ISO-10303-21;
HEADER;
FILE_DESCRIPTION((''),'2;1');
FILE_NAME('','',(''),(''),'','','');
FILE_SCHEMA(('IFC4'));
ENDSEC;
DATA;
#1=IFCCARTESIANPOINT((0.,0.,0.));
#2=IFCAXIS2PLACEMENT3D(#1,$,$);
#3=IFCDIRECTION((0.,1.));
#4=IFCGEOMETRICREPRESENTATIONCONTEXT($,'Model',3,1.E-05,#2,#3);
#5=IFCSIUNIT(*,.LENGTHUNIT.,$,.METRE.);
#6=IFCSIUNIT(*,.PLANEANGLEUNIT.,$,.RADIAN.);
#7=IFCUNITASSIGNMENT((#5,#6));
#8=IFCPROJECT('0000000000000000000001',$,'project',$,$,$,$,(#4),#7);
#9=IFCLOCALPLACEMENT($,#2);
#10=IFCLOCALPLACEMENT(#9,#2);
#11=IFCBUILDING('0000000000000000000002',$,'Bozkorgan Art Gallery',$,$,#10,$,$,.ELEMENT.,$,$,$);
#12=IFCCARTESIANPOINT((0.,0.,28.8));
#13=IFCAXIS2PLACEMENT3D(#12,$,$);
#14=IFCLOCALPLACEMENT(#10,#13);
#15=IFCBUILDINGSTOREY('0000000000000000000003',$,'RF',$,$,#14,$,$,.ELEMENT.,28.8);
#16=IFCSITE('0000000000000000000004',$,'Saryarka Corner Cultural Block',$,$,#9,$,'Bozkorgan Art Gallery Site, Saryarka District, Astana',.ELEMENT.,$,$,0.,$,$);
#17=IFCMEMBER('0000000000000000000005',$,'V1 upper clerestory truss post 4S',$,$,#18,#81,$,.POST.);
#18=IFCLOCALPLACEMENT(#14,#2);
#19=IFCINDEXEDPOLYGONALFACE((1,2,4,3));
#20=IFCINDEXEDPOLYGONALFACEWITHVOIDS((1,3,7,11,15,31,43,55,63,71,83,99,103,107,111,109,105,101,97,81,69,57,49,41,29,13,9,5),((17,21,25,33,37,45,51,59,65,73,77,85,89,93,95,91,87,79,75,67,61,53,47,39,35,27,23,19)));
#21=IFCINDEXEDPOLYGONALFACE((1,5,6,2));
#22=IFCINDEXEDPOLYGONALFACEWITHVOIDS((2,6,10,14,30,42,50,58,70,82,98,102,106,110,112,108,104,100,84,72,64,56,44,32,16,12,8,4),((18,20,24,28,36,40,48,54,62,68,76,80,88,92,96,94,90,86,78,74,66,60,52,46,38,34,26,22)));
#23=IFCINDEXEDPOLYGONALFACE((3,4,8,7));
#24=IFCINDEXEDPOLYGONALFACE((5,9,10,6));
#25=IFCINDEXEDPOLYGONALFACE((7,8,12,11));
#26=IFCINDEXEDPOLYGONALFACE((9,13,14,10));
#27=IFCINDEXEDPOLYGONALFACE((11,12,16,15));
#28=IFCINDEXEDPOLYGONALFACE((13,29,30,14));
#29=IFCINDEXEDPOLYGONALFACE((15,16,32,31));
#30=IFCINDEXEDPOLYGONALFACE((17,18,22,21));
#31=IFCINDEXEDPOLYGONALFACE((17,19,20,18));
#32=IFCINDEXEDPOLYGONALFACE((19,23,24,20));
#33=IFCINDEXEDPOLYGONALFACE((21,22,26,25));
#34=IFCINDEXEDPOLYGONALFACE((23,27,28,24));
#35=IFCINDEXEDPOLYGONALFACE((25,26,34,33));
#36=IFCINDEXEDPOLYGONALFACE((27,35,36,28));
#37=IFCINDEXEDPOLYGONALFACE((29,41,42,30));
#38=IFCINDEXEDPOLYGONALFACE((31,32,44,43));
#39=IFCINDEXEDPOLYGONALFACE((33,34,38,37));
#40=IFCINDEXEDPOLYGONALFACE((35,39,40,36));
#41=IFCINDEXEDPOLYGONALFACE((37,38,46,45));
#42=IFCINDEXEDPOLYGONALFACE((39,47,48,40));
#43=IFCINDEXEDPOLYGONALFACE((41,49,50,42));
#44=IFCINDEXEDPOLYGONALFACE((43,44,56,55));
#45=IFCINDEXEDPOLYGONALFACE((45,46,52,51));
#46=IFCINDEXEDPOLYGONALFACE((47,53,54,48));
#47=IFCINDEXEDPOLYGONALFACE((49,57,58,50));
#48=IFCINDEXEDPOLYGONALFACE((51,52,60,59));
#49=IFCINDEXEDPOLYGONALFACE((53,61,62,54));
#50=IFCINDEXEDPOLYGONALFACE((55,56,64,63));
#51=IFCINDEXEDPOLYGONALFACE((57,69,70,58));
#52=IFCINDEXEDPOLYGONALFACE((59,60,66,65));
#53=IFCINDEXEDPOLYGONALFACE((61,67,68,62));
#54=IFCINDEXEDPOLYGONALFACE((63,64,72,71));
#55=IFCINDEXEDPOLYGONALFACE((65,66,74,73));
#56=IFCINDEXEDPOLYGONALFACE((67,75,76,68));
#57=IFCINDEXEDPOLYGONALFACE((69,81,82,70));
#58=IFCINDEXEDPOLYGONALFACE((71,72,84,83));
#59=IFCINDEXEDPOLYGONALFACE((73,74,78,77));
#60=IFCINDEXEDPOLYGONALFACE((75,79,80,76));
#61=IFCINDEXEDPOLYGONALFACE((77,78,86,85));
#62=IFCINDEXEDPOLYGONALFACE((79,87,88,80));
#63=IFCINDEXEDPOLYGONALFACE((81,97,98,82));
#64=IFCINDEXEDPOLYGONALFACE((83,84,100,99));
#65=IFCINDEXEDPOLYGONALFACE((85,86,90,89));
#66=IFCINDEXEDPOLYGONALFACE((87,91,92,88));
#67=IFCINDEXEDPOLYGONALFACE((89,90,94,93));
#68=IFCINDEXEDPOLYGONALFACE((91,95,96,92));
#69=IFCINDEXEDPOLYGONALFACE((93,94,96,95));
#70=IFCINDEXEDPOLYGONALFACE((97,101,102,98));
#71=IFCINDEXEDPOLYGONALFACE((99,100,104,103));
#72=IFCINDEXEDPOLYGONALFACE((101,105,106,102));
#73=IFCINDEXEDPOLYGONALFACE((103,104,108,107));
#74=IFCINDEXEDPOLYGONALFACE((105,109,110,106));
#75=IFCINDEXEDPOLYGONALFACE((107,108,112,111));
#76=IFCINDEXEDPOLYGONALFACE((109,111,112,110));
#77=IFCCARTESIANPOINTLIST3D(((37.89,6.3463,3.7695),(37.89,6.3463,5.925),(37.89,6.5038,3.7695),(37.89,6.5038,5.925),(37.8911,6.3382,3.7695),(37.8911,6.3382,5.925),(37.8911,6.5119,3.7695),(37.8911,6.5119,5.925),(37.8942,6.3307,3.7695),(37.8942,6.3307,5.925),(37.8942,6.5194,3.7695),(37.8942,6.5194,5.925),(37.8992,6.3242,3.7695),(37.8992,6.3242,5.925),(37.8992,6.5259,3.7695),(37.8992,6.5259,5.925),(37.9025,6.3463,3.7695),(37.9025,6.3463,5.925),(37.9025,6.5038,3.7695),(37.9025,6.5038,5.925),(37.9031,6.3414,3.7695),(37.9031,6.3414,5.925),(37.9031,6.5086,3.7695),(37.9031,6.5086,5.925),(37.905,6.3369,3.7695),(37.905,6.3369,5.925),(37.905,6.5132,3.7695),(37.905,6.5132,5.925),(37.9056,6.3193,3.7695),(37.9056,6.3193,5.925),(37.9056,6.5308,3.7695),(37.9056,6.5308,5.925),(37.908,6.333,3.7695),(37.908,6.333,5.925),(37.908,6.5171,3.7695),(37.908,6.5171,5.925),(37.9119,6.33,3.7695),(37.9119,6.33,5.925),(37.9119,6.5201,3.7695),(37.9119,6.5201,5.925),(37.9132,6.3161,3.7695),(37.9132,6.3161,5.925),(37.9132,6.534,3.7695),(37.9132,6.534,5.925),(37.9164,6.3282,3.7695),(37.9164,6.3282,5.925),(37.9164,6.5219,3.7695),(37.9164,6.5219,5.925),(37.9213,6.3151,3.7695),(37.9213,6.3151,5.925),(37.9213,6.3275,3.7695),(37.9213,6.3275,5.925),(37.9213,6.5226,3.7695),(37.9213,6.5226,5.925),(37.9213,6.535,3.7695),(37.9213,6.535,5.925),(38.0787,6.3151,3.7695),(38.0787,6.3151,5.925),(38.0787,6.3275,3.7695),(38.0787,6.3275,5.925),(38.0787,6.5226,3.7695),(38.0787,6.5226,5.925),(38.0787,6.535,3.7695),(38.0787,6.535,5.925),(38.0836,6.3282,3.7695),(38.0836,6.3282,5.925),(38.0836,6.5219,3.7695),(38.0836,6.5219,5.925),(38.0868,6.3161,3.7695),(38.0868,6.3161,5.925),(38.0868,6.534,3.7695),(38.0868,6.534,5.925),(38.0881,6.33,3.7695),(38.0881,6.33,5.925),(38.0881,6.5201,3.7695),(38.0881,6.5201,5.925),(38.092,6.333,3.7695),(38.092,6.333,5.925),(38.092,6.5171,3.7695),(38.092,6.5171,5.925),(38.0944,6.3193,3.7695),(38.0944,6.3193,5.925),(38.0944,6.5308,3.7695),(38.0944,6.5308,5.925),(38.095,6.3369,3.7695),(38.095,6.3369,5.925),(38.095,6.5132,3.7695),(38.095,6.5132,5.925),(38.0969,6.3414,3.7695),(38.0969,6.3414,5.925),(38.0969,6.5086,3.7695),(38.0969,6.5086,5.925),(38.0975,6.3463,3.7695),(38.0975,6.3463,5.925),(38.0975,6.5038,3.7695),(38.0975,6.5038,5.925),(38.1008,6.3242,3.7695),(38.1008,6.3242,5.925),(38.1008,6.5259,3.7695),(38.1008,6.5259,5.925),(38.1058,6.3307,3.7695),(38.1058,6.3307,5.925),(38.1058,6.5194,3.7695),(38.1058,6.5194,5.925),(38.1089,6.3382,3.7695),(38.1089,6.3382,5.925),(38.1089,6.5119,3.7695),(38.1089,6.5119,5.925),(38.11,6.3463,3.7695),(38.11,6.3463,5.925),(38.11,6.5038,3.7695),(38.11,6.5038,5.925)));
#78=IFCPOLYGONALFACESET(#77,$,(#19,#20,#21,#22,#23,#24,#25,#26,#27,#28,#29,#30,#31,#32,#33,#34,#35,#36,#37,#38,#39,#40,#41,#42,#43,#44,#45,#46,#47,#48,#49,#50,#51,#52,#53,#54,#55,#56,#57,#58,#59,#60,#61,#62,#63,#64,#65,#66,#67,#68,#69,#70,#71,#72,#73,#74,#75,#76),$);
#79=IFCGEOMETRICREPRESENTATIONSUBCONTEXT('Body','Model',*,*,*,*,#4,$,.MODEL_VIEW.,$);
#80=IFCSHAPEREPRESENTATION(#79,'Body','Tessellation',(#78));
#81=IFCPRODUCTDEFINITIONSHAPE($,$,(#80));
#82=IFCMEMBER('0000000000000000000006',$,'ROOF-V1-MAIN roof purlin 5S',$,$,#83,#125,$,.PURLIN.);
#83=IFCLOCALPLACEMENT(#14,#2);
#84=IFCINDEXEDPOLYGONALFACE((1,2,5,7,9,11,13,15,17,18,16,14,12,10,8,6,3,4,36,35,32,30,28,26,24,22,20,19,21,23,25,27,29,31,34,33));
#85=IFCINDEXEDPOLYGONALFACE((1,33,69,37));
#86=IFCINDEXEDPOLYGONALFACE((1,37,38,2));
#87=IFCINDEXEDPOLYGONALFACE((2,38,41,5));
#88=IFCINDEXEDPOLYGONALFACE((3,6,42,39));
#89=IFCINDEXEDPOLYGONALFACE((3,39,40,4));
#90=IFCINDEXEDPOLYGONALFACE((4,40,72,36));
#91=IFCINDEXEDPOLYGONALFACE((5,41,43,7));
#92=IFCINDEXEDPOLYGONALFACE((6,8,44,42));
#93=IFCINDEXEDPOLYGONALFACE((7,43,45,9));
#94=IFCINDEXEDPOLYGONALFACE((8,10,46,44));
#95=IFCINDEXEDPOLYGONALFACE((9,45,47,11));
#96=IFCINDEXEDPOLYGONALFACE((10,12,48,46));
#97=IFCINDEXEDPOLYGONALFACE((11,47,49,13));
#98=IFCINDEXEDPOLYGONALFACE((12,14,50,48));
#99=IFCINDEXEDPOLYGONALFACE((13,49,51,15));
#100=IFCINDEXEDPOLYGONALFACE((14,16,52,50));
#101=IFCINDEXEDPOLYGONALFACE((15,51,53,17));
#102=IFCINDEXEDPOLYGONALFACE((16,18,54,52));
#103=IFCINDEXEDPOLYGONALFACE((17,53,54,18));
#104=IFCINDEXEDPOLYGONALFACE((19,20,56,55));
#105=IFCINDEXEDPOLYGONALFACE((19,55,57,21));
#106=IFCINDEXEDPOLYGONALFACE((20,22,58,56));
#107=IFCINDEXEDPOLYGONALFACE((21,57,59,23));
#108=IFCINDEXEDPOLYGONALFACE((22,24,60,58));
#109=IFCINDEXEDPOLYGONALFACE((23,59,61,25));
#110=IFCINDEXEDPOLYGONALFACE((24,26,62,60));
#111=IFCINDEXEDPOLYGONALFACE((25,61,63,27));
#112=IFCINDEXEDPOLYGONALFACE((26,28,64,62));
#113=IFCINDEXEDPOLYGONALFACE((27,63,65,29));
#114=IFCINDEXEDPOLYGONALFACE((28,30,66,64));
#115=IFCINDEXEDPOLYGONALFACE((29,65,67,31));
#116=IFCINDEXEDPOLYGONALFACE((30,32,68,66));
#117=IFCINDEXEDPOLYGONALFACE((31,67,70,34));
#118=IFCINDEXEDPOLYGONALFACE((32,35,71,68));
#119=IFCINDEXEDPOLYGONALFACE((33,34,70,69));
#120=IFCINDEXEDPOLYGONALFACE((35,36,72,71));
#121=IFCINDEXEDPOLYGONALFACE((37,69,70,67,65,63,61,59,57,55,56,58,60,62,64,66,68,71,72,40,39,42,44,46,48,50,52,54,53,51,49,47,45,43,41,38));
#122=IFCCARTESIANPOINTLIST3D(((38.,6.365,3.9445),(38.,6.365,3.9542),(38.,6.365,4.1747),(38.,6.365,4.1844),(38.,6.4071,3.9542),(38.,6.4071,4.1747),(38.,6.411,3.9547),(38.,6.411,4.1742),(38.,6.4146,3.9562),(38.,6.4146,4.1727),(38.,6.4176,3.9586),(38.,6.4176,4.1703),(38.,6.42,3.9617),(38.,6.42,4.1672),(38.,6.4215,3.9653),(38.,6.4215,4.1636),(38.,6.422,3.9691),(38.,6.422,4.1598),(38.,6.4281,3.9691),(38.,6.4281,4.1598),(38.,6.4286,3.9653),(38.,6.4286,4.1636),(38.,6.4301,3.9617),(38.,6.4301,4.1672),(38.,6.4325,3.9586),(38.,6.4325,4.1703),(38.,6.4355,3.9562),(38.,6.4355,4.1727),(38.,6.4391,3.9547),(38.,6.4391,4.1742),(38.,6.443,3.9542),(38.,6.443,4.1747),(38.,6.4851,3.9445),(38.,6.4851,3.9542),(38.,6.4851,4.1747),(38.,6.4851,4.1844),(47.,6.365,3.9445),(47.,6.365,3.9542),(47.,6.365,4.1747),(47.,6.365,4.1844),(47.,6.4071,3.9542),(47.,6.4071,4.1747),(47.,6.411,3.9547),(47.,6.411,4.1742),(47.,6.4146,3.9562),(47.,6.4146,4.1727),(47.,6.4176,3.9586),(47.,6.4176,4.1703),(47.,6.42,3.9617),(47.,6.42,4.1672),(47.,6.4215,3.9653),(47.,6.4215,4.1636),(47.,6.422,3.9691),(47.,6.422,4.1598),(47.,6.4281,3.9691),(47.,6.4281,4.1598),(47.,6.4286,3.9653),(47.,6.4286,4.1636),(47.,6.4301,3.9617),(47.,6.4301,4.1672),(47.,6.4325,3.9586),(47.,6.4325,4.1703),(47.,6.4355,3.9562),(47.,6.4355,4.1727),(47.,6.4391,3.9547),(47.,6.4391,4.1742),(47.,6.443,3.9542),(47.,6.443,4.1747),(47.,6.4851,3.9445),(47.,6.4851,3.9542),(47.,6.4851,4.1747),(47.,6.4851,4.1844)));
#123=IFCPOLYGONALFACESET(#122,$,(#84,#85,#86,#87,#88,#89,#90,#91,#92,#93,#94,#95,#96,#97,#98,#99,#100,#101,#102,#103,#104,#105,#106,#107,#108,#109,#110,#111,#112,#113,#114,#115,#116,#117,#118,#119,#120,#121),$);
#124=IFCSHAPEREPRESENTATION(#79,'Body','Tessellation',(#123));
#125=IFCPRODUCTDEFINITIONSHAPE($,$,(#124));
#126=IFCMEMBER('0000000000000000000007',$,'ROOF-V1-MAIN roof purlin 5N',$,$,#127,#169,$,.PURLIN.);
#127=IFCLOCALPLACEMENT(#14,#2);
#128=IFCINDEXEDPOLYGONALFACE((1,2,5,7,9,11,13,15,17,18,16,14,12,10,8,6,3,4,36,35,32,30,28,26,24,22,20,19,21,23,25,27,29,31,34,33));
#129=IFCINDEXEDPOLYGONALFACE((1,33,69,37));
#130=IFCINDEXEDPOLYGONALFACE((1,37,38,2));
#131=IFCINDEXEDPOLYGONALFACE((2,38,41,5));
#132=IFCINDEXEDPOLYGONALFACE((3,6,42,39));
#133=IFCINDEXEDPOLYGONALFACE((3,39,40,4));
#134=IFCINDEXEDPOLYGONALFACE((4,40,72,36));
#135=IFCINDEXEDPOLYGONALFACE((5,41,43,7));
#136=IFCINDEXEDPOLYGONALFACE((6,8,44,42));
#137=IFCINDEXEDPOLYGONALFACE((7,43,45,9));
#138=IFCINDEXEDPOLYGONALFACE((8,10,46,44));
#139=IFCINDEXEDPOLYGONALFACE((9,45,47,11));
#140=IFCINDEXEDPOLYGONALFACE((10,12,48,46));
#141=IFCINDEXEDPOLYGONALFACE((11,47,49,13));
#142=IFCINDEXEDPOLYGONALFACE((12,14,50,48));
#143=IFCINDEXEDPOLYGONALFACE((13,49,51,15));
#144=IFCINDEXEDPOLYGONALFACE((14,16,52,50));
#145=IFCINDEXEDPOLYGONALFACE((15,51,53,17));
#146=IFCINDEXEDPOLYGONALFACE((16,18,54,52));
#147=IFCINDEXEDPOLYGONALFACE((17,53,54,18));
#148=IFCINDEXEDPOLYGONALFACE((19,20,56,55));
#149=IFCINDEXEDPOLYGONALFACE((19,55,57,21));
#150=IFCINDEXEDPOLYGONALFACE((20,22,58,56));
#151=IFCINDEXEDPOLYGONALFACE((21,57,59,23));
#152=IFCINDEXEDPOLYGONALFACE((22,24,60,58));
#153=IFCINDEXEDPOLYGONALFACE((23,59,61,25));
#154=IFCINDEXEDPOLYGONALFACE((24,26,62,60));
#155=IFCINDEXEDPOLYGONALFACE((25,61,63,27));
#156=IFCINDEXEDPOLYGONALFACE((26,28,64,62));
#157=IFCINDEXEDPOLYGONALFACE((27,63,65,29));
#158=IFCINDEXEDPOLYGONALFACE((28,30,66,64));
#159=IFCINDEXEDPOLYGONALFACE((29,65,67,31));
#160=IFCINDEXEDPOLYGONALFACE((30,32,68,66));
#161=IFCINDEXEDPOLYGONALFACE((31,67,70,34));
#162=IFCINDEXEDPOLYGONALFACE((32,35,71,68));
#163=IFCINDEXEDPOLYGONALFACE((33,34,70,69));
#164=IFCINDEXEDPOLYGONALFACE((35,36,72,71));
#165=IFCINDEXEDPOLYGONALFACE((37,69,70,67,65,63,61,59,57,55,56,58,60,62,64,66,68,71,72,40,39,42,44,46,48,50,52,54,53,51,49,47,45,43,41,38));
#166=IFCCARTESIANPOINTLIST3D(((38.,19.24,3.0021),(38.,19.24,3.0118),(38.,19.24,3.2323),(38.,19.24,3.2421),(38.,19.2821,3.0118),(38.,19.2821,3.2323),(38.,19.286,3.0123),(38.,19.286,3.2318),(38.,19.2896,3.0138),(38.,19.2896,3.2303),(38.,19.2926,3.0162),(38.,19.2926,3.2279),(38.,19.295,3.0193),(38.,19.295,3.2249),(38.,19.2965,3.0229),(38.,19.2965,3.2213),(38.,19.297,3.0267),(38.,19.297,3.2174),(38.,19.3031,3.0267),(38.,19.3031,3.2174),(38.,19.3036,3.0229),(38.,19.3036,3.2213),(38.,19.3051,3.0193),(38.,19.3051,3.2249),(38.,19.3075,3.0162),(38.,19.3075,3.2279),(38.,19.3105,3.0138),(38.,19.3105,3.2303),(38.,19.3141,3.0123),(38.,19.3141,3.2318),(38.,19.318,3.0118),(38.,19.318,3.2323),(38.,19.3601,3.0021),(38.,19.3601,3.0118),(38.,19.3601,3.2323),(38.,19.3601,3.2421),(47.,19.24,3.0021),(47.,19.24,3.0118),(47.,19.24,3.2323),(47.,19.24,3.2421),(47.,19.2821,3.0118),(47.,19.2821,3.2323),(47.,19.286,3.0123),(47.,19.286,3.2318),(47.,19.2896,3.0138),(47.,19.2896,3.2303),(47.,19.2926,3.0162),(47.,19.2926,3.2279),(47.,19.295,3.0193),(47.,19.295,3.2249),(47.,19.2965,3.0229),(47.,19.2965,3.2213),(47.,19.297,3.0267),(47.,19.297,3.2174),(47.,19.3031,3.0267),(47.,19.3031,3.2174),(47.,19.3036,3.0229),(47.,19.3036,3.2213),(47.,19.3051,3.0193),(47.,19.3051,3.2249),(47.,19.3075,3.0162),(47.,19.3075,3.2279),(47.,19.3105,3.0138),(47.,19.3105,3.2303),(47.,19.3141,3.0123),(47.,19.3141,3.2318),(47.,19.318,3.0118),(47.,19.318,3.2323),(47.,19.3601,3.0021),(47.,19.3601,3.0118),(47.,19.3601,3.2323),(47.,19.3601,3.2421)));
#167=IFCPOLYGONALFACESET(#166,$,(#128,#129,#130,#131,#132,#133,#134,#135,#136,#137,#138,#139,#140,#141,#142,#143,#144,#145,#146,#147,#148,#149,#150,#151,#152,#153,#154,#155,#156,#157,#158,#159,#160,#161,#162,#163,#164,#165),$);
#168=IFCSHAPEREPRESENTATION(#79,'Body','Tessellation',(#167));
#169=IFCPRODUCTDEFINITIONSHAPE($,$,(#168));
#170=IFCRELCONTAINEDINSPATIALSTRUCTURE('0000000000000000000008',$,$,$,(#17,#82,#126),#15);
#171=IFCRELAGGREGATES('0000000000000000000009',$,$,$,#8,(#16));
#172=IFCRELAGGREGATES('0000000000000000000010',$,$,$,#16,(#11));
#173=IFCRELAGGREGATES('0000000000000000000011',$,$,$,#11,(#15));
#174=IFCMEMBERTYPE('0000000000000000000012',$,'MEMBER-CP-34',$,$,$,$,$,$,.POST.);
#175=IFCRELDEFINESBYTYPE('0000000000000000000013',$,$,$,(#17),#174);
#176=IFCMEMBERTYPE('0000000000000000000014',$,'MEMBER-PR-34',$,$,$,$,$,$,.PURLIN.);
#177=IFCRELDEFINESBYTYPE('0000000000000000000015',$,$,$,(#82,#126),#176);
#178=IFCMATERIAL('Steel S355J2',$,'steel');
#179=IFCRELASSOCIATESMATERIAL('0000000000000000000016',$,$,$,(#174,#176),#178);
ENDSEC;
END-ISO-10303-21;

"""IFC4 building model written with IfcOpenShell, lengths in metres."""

from ifc_helpers import new_model, si_unit, direction, frame, origin, origin_2d, place, context, subcontext, project, spatial, hollow_rectangle, i_section, extrude, material, material_profile, profile_set, type_object, element, save


model = new_model("IFC4")

# Units and contexts
model_context = context("Model", 3, precision=1e-05, world=origin(), true_north=direction((0.0, 1.0)))
body_context = subcontext(model_context, "Body", "Model", "MODEL_VIEW")
ifc_project = project(units=[si_unit("LENGTHUNIT", "METRE"), si_unit("PLANEANGLEUNIT", "RADIAN")], contexts=[model_context])

# Site, building, storey
site_placement = place(None, origin())
site = spatial("IfcSite", under=ifc_project, at=site_placement, Name="Saryarka Corner Cultural Block", LongName="Bozkorgan Art Gallery Site, Saryarka District, Astana", CompositionType="ELEMENT", RefElevation=0.0)
building_placement = place(site_placement, origin())
building = spatial("IfcBuilding", under=site, at=building_placement, Name="Bozkorgan Art Gallery", CompositionType="ELEMENT")
storey_placement = place(building_placement, frame((0.0, 0.0, 28.8)))
storey = spatial("IfcBuildingStorey", under=building, at=storey_placement, Name="RF", CompositionType="ELEMENT", Elevation=28.8)

# Shared definitions
ifc_material_1 = material(Name="Steel S355J2", Category="steel")

# Members
ifc_material_profile_1 = material_profile(ifc_material_1, hollow_rectangle(XDim=0.22, YDim=0.22, WallThickness=0.0125, InnerFilletRadius=0.0188, OuterFilletRadius=0.0312, at=origin_2d()), Name="SHS 220x220x12.5")
ifc_profile_set_1 = profile_set([ifc_material_profile_1], Name="Steel S355J2")
member_type_1 = type_object("IfcMemberType", Name="MEMBER-CP-34", PredefinedType="POST", material=ifc_profile_set_1)
member_1_placement = place(storey_placement, frame((38.0, 6.425, 3.7695), z_axis=(0.0, 0.0, 1.0), x_axis=(1.0, 0.0, 0.0)))
element("IfcMember", 1, at=member_1_placement, inside=storey, type_object=member_type_1, Name="V1 upper clerestory truss post 4S", PredefinedType="POST", context=body_context, shape_type="SweptSolid", body=[
    extrude(hollow_rectangle(XDim=0.22, YDim=0.22, WallThickness=0.0125, InnerFilletRadius=0.0188, OuterFilletRadius=0.0312, at=origin_2d()), origin(), (0.0, 0.0, 1.0), 2.1555),
])
ifc_material_profile_2 = material_profile(ifc_material_1, i_section(OverallWidth=0.1201, OverallDepth=0.24, WebThickness=0.0061, FlangeThickness=0.0098, FilletRadius=0.0149, at=origin_2d()), Name="IPE 240")
ifc_profile_set_2 = profile_set([ifc_material_profile_2], Name="Steel S355J2")
member_type_2 = type_object("IfcMemberType", Name="MEMBER-PR-34", PredefinedType="PURLIN", material=ifc_profile_set_2)
for number, where, z_axis, x_axis, name in (
    (2, (38.0, 6.425, 4.0645), (1.0, 0.0, 0.0), (0.0, 1.0, 0.0), "ROOF-V1-MAIN roof purlin 5S"),
    (3, (38.0, 19.3, 3.1221), (1.0, 0.0, 0.0), (0.0, 1.0, 0.0), "ROOF-V1-MAIN roof purlin 5N"),
):
    element("IfcMember", number, at=place(storey_placement, frame(where, z_axis=z_axis, x_axis=x_axis)), inside=storey, type_object=member_type_2, Name=name, PredefinedType="PURLIN", context=body_context, shape_type="SweptSolid", body=[
        extrude(i_section(OverallWidth=0.1201, OverallDepth=0.24, WebThickness=0.0061, FlangeThickness=0.0098, FilletRadius=0.0149, at=origin_2d()), origin(), (0.0, 0.0, 1.0), 9.0),
    ])

save(model, "model.ifc")
